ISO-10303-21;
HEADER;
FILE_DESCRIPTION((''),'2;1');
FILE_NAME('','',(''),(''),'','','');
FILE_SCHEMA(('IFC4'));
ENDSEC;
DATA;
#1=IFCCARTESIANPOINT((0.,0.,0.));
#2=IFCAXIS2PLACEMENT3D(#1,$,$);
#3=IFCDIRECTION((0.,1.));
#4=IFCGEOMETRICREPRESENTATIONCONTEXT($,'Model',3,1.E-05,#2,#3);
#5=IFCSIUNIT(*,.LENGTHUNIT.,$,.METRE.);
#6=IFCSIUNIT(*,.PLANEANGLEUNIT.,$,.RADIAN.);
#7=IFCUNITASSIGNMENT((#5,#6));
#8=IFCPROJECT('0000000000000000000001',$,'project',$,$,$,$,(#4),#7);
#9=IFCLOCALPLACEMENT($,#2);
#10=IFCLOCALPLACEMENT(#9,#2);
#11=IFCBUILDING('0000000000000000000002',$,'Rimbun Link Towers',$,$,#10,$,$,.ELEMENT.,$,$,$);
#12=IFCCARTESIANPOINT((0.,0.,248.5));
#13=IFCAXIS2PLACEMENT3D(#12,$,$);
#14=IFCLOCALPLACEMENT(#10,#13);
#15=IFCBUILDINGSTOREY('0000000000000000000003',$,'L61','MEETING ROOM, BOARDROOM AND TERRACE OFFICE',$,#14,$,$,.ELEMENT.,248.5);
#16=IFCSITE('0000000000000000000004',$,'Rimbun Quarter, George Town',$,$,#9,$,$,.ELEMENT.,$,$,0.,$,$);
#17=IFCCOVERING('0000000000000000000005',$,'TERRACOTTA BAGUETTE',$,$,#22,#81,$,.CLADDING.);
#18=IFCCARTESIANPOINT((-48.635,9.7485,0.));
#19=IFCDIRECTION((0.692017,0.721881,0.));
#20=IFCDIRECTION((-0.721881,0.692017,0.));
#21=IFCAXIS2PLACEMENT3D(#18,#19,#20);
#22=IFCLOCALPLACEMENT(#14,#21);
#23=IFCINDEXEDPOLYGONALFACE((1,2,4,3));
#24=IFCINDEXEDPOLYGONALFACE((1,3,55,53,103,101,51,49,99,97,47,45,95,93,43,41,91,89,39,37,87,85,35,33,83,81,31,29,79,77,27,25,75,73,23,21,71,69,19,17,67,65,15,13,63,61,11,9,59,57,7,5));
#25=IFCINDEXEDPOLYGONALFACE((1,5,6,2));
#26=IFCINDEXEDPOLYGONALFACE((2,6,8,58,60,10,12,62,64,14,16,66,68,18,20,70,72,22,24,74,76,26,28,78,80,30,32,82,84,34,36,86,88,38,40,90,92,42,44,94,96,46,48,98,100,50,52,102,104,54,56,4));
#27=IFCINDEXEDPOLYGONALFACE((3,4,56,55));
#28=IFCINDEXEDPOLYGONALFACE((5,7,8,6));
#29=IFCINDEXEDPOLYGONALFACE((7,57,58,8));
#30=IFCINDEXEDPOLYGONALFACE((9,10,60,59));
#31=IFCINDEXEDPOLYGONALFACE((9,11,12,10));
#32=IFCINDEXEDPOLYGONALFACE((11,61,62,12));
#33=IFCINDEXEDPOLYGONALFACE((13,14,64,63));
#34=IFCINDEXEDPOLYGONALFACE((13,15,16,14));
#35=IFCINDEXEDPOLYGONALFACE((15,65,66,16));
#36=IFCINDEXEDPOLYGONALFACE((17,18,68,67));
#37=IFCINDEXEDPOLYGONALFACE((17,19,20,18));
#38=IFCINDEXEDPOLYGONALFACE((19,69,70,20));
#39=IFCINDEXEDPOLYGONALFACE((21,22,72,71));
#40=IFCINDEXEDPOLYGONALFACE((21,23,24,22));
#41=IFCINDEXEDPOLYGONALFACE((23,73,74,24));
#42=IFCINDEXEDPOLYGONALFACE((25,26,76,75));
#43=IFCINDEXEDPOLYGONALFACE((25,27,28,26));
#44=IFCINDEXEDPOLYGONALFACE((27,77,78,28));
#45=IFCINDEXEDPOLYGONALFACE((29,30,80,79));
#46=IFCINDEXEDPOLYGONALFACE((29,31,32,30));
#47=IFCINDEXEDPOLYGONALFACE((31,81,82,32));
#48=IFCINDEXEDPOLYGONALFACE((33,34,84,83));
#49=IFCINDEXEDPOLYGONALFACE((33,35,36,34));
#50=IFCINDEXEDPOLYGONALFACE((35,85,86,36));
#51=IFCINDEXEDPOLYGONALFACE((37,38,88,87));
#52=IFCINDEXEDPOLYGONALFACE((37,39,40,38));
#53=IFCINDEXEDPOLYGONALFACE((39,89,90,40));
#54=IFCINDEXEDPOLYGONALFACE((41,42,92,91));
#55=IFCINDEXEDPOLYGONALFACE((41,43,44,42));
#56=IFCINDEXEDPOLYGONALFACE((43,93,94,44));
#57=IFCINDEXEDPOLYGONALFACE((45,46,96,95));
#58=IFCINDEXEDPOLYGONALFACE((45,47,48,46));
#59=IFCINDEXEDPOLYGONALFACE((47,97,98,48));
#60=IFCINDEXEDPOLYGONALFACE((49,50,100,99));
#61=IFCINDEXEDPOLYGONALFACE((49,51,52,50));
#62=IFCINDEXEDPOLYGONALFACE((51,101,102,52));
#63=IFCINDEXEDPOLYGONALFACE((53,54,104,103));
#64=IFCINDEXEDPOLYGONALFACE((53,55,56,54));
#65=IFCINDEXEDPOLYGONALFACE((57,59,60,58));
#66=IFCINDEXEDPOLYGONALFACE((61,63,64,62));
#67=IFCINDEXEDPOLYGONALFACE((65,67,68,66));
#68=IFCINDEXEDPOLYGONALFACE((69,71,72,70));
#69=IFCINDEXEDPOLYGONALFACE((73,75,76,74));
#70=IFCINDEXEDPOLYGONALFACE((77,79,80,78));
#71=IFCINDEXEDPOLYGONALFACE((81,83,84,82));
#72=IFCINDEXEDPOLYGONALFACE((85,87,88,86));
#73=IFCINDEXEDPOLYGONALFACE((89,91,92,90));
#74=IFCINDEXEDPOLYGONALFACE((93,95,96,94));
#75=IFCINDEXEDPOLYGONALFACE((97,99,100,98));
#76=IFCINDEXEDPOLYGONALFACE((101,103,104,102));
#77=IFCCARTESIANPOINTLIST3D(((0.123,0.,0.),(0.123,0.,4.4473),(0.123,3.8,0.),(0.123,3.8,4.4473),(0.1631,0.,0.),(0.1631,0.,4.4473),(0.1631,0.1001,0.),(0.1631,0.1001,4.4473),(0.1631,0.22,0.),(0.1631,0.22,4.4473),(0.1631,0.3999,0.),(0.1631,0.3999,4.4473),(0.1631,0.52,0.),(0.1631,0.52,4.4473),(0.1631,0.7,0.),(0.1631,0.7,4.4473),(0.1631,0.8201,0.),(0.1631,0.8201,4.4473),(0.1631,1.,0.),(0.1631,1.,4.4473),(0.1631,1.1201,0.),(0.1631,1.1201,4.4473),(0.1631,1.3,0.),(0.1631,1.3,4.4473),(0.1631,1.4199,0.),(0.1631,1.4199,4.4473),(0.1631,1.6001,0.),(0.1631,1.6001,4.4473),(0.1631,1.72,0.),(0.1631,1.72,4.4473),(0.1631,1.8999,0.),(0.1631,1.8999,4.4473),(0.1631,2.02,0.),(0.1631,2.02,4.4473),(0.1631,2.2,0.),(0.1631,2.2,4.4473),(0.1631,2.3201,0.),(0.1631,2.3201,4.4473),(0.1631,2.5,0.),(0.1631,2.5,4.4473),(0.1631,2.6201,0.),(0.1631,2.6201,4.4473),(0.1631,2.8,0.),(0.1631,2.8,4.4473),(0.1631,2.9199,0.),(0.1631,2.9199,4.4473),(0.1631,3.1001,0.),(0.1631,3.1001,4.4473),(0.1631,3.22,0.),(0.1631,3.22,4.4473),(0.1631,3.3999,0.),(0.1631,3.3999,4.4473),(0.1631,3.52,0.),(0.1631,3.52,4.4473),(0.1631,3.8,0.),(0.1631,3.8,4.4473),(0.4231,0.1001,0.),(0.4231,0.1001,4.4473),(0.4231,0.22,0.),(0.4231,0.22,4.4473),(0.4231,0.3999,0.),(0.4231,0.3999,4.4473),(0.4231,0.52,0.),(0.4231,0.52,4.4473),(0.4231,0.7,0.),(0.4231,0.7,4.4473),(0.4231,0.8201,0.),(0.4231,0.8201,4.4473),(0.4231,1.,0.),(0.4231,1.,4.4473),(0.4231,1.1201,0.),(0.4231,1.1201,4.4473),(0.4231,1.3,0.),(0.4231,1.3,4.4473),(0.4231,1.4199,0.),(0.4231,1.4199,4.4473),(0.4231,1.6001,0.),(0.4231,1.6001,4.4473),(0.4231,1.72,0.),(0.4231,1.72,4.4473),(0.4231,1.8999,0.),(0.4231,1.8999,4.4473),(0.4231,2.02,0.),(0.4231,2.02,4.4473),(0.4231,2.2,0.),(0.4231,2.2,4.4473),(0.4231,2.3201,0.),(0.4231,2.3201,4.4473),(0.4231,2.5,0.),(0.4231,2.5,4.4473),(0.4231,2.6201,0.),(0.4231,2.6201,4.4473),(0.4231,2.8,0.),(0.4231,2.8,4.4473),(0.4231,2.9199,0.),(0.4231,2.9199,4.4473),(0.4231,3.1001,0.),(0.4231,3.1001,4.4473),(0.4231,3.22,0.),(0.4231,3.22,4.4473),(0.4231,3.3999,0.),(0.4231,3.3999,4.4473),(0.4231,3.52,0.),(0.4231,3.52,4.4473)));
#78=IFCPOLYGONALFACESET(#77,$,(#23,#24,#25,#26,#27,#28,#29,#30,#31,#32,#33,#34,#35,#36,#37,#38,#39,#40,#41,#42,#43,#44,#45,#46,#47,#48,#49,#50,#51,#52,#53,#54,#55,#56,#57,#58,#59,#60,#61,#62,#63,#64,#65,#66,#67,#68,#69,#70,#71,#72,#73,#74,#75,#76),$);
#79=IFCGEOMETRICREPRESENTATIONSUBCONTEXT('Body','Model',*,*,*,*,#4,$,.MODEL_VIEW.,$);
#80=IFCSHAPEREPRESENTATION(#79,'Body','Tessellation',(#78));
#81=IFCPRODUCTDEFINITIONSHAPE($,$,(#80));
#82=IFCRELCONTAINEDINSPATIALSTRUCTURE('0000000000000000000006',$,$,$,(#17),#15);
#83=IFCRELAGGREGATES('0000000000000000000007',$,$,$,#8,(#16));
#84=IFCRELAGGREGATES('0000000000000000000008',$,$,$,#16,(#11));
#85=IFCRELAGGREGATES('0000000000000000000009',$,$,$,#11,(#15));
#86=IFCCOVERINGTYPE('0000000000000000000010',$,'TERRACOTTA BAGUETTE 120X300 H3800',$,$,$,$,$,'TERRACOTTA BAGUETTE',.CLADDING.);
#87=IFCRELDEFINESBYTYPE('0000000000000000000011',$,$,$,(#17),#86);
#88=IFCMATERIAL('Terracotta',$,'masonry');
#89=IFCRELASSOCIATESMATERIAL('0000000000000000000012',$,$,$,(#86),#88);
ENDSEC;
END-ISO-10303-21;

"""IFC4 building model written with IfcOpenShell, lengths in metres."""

from ifc_helpers import new_model, si_unit, direction, frame, origin, place, context, subcontext, project, spatial, polyline, outline, extrude, material, material_profile, profile_set, type_object, element, save


model = new_model("IFC4")

# Units and contexts
model_context = context("Model", 3, precision=1e-05, world=origin(), true_north=direction((0.0, 1.0)))
body_context = subcontext(model_context, "Body", "Model", "MODEL_VIEW")
ifc_project = project(units=[si_unit("LENGTHUNIT", "METRE"), si_unit("PLANEANGLEUNIT", "RADIAN")], contexts=[model_context])

# Site, building, storey
site_placement = place(None, origin())
site = spatial("IfcSite", under=ifc_project, at=site_placement, Name="Rimbun Quarter, George Town", CompositionType="ELEMENT", RefElevation=0.0)
building_placement = place(site_placement, origin())
building = spatial("IfcBuilding", under=site, at=building_placement, Name="Rimbun Link Towers", CompositionType="ELEMENT")
storey_placement = place(building_placement, frame((0.0, 0.0, 248.5)))
storey = spatial("IfcBuildingStorey", under=building, at=storey_placement, Name="L61", Description="MEETING ROOM, BOARDROOM AND TERRACE OFFICE", CompositionType="ELEMENT", Elevation=248.5)

# Covering
ifc_material_1 = material(Name="Terracotta", Category="masonry")
ifc_material_profile_1 = material_profile(ifc_material_1, outline(polyline([(0.123, 0.0), (0.1631, 0.0), (0.1631, 0.1001), (0.4231, 0.1001), (0.4231, 0.22), (0.1631, 0.22), (0.1631, 0.3999), (0.4231, 0.3999), (0.4231, 0.52), (0.1631, 0.52), (0.1631, 0.7), (0.4231, 0.7), (0.4231, 0.8201), (0.1631, 0.8201), (0.1631, 1.0), (0.4231, 1.0), (0.4231, 1.1201), (0.1631, 1.1201), (0.1631, 1.3), (0.4231, 1.3), (0.4231, 1.4199), (0.1631, 1.4199), (0.1631, 1.6001), (0.4231, 1.6001), (0.4231, 1.72), (0.1631, 1.72), (0.1631, 1.8999), (0.4231, 1.8999), (0.4231, 2.02), (0.1631, 2.02), (0.1631, 2.2), (0.4231, 2.2), (0.4231, 2.3201), (0.1631, 2.3201), (0.1631, 2.5), (0.4231, 2.5), (0.4231, 2.6201), (0.1631, 2.6201), (0.1631, 2.8), (0.4231, 2.8), (0.4231, 2.9199), (0.1631, 2.9199), (0.1631, 3.1001), (0.4231, 3.1001), (0.4231, 3.22), (0.1631, 3.22), (0.1631, 3.3999), (0.4231, 3.3999), (0.4231, 3.52), (0.1631, 3.52), (0.1631, 3.8), (0.123, 3.8), (0.123, 0.0)])), Name="BAGUETTE 120X300")
ifc_profile_set_1 = profile_set([ifc_material_profile_1], Name="Terracotta")
covering_type = type_object("IfcCoveringType", Name="TERRACOTTA BAGUETTE 120X300 H3800", ElementType="TERRACOTTA BAGUETTE", PredefinedType="CLADDING", material=ifc_profile_set_1)
covering_1_placement = place(storey_placement, frame((-48.635, 9.7485, 0.0), z_axis=(0.692017, 0.721881, 0.0), x_axis=(-0.721881, 0.692017, 0.0)))
element("IfcCovering", 1, at=covering_1_placement, inside=storey, type_object=covering_type, Name="TERRACOTTA BAGUETTE", PredefinedType="CLADDING", context=body_context, shape_type="SweptSolid", body=[
    extrude(outline(polyline([(0.123, 0.0), (0.1631, 0.0), (0.1631, 0.1001), (0.4231, 0.1001), (0.4231, 0.22), (0.1631, 0.22), (0.1631, 0.3999), (0.4231, 0.3999), (0.4231, 0.52), (0.1631, 0.52), (0.1631, 0.7), (0.4231, 0.7), (0.4231, 0.8201), (0.1631, 0.8201), (0.1631, 1.0), (0.4231, 1.0), (0.4231, 1.1201), (0.1631, 1.1201), (0.1631, 1.3), (0.4231, 1.3), (0.4231, 1.4199), (0.1631, 1.4199), (0.1631, 1.6001), (0.4231, 1.6001), (0.4231, 1.72), (0.1631, 1.72), (0.1631, 1.8999), (0.4231, 1.8999), (0.4231, 2.02), (0.1631, 2.02), (0.1631, 2.2), (0.4231, 2.2), (0.4231, 2.3201), (0.1631, 2.3201), (0.1631, 2.5), (0.4231, 2.5), (0.4231, 2.6201), (0.1631, 2.6201), (0.1631, 2.8), (0.4231, 2.8), (0.4231, 2.9199), (0.1631, 2.9199), (0.1631, 3.1001), (0.4231, 3.1001), (0.4231, 3.22), (0.1631, 3.22), (0.1631, 3.3999), (0.4231, 3.3999), (0.4231, 3.52), (0.1631, 3.52), (0.1631, 3.8), (0.123, 3.8), (0.123, 0.0)])), origin(), (0.0, 0.0, 1.0), 4.4473),
])

save(model, "model.ifc")
